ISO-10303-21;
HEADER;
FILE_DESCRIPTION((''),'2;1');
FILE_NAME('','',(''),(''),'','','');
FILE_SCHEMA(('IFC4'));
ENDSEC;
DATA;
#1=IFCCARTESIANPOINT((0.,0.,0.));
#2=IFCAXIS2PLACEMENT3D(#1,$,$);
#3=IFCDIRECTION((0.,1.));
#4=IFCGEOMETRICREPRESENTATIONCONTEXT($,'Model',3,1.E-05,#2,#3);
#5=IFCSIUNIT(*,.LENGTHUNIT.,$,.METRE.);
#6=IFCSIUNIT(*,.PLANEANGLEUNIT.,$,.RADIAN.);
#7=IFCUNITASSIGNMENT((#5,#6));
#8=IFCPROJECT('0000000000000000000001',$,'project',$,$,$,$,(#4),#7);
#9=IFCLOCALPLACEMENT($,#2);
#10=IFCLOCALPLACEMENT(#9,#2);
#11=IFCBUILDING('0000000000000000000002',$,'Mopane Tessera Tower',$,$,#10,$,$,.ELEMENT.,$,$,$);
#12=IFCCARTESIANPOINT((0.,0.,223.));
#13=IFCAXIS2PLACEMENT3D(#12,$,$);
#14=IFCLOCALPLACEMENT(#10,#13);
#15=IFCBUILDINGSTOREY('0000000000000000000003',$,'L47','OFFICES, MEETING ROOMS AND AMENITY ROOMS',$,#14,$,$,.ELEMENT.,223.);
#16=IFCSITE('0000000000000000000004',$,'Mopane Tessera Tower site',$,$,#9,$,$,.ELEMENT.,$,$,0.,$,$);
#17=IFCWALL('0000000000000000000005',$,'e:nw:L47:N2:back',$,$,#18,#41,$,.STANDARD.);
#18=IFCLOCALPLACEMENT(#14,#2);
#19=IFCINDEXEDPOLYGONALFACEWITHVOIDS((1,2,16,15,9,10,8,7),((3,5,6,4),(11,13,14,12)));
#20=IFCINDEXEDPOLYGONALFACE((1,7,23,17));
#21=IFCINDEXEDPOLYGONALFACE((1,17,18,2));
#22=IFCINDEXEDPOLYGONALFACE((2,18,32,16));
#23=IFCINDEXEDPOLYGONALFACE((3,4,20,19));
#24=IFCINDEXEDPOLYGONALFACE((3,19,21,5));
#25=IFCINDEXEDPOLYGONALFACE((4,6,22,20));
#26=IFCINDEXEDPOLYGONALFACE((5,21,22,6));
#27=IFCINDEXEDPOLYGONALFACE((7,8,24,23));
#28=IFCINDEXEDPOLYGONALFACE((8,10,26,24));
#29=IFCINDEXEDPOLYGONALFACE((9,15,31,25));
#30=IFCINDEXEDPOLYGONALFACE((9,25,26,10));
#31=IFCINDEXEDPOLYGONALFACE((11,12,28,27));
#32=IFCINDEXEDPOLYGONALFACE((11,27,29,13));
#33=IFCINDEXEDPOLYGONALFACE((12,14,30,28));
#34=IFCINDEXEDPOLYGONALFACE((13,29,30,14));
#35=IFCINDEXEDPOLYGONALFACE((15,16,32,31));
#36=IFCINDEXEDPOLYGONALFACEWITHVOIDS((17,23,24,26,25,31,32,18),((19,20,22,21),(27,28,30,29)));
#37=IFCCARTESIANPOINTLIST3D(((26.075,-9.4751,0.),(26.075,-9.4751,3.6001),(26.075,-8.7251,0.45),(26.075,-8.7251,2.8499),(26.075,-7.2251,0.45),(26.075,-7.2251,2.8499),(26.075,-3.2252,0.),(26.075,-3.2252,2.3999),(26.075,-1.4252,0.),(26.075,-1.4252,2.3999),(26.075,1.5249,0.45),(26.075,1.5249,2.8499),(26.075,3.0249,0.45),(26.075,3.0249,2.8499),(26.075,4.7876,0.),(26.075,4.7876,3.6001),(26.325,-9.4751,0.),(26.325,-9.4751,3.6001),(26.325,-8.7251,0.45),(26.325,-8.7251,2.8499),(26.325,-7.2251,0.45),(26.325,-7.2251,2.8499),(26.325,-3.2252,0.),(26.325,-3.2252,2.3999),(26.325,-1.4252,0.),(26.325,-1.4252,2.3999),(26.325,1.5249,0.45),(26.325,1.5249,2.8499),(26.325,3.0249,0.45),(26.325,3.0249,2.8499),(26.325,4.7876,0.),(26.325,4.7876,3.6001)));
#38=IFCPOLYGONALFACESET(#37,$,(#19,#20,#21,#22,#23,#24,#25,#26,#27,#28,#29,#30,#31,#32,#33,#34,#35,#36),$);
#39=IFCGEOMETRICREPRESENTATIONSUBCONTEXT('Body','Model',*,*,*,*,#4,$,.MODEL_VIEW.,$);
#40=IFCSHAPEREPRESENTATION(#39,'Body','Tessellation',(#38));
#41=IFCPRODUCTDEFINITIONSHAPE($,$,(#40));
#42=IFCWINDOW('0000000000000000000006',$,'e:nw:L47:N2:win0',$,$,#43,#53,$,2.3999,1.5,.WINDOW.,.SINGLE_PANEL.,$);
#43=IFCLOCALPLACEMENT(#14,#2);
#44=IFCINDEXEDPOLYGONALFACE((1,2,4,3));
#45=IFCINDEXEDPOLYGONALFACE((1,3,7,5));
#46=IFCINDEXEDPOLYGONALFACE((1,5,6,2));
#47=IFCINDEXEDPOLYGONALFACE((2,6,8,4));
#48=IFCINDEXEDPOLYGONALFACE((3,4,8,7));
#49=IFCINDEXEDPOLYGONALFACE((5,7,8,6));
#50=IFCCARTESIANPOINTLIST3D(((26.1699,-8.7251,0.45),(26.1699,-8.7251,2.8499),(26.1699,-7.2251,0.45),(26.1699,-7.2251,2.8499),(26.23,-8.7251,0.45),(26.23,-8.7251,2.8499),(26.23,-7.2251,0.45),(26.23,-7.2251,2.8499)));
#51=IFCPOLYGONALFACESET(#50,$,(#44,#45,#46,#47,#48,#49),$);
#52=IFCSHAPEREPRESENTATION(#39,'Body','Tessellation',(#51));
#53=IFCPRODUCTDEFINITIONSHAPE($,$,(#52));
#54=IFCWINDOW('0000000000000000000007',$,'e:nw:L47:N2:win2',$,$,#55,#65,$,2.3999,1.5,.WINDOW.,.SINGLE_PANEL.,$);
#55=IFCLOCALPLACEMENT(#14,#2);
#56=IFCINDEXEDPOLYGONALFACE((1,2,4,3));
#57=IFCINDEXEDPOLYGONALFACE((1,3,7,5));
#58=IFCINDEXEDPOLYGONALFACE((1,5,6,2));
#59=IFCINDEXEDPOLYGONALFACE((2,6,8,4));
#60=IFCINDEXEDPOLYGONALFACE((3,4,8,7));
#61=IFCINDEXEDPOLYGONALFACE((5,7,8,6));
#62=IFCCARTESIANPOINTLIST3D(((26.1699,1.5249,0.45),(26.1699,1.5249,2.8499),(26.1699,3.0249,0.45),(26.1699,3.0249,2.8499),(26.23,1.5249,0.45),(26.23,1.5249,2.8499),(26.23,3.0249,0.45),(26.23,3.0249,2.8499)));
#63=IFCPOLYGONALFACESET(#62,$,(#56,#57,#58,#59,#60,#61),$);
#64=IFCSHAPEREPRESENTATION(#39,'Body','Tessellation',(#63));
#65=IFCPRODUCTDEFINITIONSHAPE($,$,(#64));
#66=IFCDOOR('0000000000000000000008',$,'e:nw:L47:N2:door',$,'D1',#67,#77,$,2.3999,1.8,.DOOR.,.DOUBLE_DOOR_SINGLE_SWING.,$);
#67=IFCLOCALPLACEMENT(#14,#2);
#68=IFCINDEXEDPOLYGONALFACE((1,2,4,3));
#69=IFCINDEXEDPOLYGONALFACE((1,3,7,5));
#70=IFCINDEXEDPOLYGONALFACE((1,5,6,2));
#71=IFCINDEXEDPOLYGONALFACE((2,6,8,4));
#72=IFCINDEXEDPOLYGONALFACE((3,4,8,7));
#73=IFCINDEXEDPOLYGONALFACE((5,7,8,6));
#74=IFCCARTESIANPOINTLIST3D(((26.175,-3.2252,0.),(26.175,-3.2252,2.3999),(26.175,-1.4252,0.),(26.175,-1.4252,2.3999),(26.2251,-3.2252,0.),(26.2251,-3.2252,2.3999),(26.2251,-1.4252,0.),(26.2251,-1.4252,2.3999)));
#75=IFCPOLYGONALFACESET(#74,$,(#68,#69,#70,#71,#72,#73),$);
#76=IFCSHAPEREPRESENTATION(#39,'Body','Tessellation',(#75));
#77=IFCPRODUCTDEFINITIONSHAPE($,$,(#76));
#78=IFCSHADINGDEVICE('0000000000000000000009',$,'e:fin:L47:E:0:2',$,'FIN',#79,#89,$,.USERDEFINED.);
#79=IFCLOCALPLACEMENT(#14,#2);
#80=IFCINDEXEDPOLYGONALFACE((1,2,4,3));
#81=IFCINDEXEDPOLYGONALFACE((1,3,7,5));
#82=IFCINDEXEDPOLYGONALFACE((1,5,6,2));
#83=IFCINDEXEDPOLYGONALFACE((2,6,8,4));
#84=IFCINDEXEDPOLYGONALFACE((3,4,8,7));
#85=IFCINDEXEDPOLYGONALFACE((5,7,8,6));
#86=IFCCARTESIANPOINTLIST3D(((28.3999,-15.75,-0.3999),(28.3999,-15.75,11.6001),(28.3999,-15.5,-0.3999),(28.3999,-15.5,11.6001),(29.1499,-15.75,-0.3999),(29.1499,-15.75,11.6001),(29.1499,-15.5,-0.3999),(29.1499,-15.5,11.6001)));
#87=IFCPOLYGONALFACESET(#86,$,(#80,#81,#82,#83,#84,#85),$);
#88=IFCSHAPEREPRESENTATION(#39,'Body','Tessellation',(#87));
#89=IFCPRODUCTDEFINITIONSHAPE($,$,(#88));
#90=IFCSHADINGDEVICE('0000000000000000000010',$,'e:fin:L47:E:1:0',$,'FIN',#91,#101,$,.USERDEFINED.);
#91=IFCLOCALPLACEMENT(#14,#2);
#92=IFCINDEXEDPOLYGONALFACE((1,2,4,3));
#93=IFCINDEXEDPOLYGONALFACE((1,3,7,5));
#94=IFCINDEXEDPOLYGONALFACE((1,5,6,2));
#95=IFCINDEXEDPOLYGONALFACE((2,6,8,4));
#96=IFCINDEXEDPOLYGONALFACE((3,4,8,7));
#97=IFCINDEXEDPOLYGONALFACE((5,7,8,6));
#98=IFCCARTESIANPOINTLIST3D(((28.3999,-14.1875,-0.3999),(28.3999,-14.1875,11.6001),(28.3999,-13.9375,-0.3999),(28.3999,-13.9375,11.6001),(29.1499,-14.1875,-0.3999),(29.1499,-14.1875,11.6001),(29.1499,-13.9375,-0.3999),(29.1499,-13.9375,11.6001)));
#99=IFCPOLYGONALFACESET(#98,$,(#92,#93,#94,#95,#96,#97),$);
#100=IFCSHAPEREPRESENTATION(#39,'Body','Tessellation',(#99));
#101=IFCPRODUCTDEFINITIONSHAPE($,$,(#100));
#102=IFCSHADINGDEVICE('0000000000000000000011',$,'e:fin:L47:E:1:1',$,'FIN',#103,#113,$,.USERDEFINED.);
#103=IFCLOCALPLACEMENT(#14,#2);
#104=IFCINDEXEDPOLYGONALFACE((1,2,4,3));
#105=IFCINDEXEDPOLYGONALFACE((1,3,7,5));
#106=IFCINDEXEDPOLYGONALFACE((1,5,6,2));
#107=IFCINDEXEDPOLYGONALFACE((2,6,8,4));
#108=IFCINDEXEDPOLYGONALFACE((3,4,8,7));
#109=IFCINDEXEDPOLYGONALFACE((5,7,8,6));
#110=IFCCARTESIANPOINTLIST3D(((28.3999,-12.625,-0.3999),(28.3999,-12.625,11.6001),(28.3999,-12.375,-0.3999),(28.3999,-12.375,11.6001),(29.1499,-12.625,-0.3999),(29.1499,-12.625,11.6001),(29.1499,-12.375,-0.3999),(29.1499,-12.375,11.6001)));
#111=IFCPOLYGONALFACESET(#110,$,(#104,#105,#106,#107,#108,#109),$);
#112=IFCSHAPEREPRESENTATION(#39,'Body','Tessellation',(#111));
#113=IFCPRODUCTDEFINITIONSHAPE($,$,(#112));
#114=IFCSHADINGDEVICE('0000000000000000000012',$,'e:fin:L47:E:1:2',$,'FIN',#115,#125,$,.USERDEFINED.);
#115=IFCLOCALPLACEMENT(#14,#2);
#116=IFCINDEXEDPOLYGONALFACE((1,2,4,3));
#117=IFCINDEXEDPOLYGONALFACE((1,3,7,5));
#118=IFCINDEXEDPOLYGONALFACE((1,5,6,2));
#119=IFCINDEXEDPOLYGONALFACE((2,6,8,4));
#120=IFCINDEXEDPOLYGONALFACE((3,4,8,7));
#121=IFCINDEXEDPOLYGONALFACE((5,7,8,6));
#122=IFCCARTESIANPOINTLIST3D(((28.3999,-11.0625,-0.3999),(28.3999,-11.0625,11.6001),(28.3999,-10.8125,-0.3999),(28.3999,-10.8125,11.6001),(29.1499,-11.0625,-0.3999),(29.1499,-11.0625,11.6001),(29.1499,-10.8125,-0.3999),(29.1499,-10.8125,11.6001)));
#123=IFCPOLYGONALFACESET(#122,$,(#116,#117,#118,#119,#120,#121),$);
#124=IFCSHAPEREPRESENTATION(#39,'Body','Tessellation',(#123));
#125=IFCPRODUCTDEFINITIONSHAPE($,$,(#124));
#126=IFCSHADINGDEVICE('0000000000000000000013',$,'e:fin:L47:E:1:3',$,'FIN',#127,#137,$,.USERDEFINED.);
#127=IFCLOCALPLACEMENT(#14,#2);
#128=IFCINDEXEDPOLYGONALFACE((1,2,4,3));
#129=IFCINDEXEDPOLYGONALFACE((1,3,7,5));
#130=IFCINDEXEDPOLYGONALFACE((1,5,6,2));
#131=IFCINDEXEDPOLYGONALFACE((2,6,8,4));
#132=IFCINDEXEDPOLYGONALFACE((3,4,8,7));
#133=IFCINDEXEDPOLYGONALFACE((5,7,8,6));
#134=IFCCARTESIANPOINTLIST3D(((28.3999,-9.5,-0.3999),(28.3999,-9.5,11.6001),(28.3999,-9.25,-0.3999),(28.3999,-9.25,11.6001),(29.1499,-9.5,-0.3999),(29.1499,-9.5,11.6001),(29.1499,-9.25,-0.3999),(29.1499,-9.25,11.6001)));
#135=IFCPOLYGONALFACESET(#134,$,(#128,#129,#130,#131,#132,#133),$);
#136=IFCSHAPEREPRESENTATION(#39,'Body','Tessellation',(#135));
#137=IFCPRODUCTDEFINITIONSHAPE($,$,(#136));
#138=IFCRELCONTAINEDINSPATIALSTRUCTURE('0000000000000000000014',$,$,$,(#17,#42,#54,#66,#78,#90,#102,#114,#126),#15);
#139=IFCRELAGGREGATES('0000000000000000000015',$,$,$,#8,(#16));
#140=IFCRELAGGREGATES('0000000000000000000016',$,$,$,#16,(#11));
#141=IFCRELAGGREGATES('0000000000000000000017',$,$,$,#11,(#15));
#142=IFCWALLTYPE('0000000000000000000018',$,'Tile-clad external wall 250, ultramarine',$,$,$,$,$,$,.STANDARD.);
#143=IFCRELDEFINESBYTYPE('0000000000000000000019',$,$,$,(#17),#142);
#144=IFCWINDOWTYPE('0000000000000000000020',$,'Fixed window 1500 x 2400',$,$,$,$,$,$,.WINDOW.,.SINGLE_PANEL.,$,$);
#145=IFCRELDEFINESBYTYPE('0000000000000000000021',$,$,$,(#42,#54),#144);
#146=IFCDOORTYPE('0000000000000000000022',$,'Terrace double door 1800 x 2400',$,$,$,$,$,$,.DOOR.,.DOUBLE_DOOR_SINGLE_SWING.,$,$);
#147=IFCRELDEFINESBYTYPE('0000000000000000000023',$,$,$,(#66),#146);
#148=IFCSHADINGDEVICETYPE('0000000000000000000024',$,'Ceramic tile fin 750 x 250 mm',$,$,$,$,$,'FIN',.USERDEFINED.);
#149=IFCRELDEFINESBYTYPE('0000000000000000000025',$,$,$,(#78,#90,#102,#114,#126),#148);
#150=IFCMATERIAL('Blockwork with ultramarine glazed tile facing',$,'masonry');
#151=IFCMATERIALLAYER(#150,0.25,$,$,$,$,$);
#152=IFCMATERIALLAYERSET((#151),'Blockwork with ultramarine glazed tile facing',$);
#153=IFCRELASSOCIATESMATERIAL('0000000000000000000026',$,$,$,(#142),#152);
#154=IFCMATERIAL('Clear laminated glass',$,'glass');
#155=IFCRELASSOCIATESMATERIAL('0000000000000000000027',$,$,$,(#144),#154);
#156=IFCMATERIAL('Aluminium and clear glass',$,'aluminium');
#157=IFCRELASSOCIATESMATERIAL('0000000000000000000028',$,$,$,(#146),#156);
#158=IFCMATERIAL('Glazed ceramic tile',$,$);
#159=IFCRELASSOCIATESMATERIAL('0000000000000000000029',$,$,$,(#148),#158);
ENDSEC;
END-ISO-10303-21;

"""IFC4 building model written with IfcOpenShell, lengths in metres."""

from ifc_helpers import new_model, si_unit, direction, frame, frame_2d, origin, origin_2d, place, context, subcontext, project, spatial, rectangle, extrude, material, layer, layer_set, type_object, element, fill, save


model = new_model("IFC4")

# Units and contexts
model_context = context("Model", 3, precision=1e-05, world=origin(), true_north=direction((0.0, 1.0)))
body_context = subcontext(model_context, "Body", "Model", "MODEL_VIEW")
ifc_project = project(units=[si_unit("LENGTHUNIT", "METRE"), si_unit("PLANEANGLEUNIT", "RADIAN")], contexts=[model_context])

# Site, building, storey
site_placement = place(None, origin())
site = spatial("IfcSite", under=ifc_project, at=site_placement, Name="Mopane Tessera Tower site", CompositionType="ELEMENT", RefElevation=0.0)
building_placement = place(site_placement, origin())
building = spatial("IfcBuilding", under=site, at=building_placement, Name="Mopane Tessera Tower", CompositionType="ELEMENT")
storey_placement = place(building_placement, frame((0.0, 0.0, 223.0)))
storey = spatial("IfcBuildingStorey", under=building, at=storey_placement, Name="L47", Description="OFFICES, MEETING ROOMS AND AMENITY ROOMS", CompositionType="ELEMENT", Elevation=223.0)

# Wall, openings, windows, door
ifc_material_1 = material(Name="Blockwork with ultramarine glazed tile facing", Category="masonry")
ifc_layer_1 = layer(ifc_material_1, 0.25)
ifc_layer_set_1 = layer_set([ifc_layer_1], Name="Blockwork with ultramarine glazed tile facing")
wall_type_1 = type_object("IfcWallType", Name="Tile-clad external wall 250, ultramarine", PredefinedType="STANDARD", material=ifc_layer_set_1)
wall_1_placement = place(storey_placement, frame((26.2, -9.4751, 0.0), z_axis=(0.0, 0.0, 1.0), x_axis=(0.0, 1.0, 0.0)))
wall_1 = element("IfcWall", 1, at=wall_1_placement, inside=storey, type_object=wall_type_1, Name="e:nw:L47:N2:back", PredefinedType="STANDARD", context=body_context, shape_type="SweptSolid", body=[
    extrude(rectangle(XDim=14.2627, YDim=0.25, at=frame_2d((7.1313, 0.0))), origin(), (0.0, 0.0, 1.0), 3.6001),
])
opening_1_placement = place(wall_1_placement, frame((0.75, 0.0, 0.45)))
opening_1 = element("IfcOpeningElement", 2, at=opening_1_placement, cuts=wall_1, PredefinedType="OPENING", context=body_context, shape_type="SweptSolid", body=[
    extrude(rectangle(XDim=1.5, YDim=2.3999, at=frame_2d((0.75, 1.2))), frame((0.0, 0.137, 0.0), z_axis=(0.0, -1.0, 0.0), x_axis=(1.0, 0.0, 0.0)), (0.0, 0.0, 1.0), 0.2739),
])
opening_2_placement = place(wall_1_placement, frame((6.25, 0.0, 0.0)))
opening_2 = element("IfcOpeningElement", 3, at=opening_2_placement, cuts=wall_1, PredefinedType="OPENING", context=body_context, shape_type="SweptSolid", body=[
    extrude(rectangle(XDim=1.8, YDim=2.3999, at=frame_2d((0.8999, 1.2))), frame((0.0, 0.137, 0.0), z_axis=(0.0, -1.0, 0.0), x_axis=(1.0, 0.0, 0.0)), (0.0, 0.0, 1.0), 0.2739),
])
opening_3_placement = place(wall_1_placement, frame((11.0, 0.0, 0.45)))
opening_3 = element("IfcOpeningElement", 4, at=opening_3_placement, cuts=wall_1, PredefinedType="OPENING", context=body_context, shape_type="SweptSolid", body=[
    extrude(rectangle(XDim=1.5, YDim=2.3999, at=frame_2d((0.75, 1.2))), frame((0.0, 0.137, 0.0), z_axis=(0.0, -1.0, 0.0), x_axis=(1.0, 0.0, 0.0)), (0.0, 0.0, 1.0), 0.2739),
])
ifc_material_2 = material(Name="Clear laminated glass", Category="glass")
window_type = type_object("IfcWindowType", Name="Fixed window 1500 x 2400", PartitioningType="SINGLE_PANEL", PredefinedType="WINDOW", material=ifc_material_2)
window_1_placement = place(opening_1_placement, origin())
window_1 = element("IfcWindow", 5, at=window_1_placement, inside=storey, type_object=window_type, Name="e:nw:L47:N2:win0", OverallHeight=2.3999, OverallWidth=1.5, PartitioningType="SINGLE_PANEL", PredefinedType="WINDOW", context=body_context, shape_type="SweptSolid", body=[
    extrude(rectangle(XDim=1.5, YDim=2.3999, at=frame_2d((0.75, 1.2))), frame((0.0, 0.03, 0.0), z_axis=(0.0, -1.0, 0.0), x_axis=(1.0, 0.0, 0.0)), (0.0, 0.0, 1.0), 0.0601),
])
fill(opening_1, window_1)
window_2_placement = place(opening_3_placement, origin())
window_2 = element("IfcWindow", 6, at=window_2_placement, inside=storey, type_object=window_type, Name="e:nw:L47:N2:win2", OverallHeight=2.3999, OverallWidth=1.5, PartitioningType="SINGLE_PANEL", PredefinedType="WINDOW", context=body_context, shape_type="SweptSolid", body=[
    extrude(rectangle(XDim=1.5, YDim=2.3999, at=frame_2d((0.75, 1.2))), frame((0.0, 0.03, 0.0), z_axis=(0.0, -1.0, 0.0), x_axis=(1.0, 0.0, 0.0)), (0.0, 0.0, 1.0), 0.0601),
])
fill(opening_3, window_2)
ifc_material_3 = material(Name="Aluminium and clear glass", Category="aluminium")
door_type_1 = type_object("IfcDoorType", Name="Terrace double door 1800 x 2400", OperationType="DOUBLE_DOOR_SINGLE_SWING", PredefinedType="DOOR", material=ifc_material_3)
door_1_placement = place(opening_2_placement, origin())
door_1 = element("IfcDoor", 7, at=door_1_placement, inside=storey, type_object=door_type_1, Name="e:nw:L47:N2:door", ObjectType="D1", OperationType="DOUBLE_DOOR_SINGLE_SWING", OverallHeight=2.3999, OverallWidth=1.8, PredefinedType="DOOR", context=body_context, shape_type="SweptSolid", body=[
    extrude(rectangle(XDim=1.8, YDim=2.3999, at=frame_2d((0.8999, 1.2))), frame((0.0, 0.0249, 0.0), z_axis=(0.0, -1.0, 0.0), x_axis=(1.0, 0.0, 0.0)), (0.0, 0.0, 1.0), 0.05),
])
fill(opening_2, door_1)

# Shading devices
ifc_material_4 = material(Name="Glazed ceramic tile")
shading_device_type = type_object("IfcShadingDeviceType", Name="Ceramic tile fin 750 x 250 mm", ElementType="FIN", PredefinedType="USERDEFINED", material=ifc_material_4)
for number, where, z_axis, x_axis, name in (
    (8, (28.7749, -15.625, -0.3999), (0.0, 0.0, 1.0), (0.0, 1.0, 0.0), "e:fin:L47:E:0:2"),
    (9, (28.7749, -14.0625, -0.3999), (0.0, 0.0, 1.0), (0.0, 1.0, 0.0), "e:fin:L47:E:1:0"),
    (10, (28.7749, -12.5, -0.3999), (0.0, 0.0, 1.0), (0.0, 1.0, 0.0), "e:fin:L47:E:1:1"),
    (11, (28.7749, -10.9375, -0.3999), (0.0, 0.0, 1.0), (0.0, 1.0, 0.0), "e:fin:L47:E:1:2"),
    (12, (28.7749, -9.375, -0.3999), (0.0, 0.0, 1.0), (0.0, 1.0, 0.0), "e:fin:L47:E:1:3"),
):
    element("IfcShadingDevice", number, at=place(storey_placement, frame(where, z_axis=z_axis, x_axis=x_axis)), inside=storey, type_object=shading_device_type, Name=name, ObjectType="FIN", PredefinedType="USERDEFINED", context=body_context, shape_type="SweptSolid", body=[
        extrude(rectangle(XDim=0.25, YDim=0.75, at=origin_2d()), origin(), (0.0, 0.0, 1.0), 12.0),
    ])

save(model, "model.ifc")
